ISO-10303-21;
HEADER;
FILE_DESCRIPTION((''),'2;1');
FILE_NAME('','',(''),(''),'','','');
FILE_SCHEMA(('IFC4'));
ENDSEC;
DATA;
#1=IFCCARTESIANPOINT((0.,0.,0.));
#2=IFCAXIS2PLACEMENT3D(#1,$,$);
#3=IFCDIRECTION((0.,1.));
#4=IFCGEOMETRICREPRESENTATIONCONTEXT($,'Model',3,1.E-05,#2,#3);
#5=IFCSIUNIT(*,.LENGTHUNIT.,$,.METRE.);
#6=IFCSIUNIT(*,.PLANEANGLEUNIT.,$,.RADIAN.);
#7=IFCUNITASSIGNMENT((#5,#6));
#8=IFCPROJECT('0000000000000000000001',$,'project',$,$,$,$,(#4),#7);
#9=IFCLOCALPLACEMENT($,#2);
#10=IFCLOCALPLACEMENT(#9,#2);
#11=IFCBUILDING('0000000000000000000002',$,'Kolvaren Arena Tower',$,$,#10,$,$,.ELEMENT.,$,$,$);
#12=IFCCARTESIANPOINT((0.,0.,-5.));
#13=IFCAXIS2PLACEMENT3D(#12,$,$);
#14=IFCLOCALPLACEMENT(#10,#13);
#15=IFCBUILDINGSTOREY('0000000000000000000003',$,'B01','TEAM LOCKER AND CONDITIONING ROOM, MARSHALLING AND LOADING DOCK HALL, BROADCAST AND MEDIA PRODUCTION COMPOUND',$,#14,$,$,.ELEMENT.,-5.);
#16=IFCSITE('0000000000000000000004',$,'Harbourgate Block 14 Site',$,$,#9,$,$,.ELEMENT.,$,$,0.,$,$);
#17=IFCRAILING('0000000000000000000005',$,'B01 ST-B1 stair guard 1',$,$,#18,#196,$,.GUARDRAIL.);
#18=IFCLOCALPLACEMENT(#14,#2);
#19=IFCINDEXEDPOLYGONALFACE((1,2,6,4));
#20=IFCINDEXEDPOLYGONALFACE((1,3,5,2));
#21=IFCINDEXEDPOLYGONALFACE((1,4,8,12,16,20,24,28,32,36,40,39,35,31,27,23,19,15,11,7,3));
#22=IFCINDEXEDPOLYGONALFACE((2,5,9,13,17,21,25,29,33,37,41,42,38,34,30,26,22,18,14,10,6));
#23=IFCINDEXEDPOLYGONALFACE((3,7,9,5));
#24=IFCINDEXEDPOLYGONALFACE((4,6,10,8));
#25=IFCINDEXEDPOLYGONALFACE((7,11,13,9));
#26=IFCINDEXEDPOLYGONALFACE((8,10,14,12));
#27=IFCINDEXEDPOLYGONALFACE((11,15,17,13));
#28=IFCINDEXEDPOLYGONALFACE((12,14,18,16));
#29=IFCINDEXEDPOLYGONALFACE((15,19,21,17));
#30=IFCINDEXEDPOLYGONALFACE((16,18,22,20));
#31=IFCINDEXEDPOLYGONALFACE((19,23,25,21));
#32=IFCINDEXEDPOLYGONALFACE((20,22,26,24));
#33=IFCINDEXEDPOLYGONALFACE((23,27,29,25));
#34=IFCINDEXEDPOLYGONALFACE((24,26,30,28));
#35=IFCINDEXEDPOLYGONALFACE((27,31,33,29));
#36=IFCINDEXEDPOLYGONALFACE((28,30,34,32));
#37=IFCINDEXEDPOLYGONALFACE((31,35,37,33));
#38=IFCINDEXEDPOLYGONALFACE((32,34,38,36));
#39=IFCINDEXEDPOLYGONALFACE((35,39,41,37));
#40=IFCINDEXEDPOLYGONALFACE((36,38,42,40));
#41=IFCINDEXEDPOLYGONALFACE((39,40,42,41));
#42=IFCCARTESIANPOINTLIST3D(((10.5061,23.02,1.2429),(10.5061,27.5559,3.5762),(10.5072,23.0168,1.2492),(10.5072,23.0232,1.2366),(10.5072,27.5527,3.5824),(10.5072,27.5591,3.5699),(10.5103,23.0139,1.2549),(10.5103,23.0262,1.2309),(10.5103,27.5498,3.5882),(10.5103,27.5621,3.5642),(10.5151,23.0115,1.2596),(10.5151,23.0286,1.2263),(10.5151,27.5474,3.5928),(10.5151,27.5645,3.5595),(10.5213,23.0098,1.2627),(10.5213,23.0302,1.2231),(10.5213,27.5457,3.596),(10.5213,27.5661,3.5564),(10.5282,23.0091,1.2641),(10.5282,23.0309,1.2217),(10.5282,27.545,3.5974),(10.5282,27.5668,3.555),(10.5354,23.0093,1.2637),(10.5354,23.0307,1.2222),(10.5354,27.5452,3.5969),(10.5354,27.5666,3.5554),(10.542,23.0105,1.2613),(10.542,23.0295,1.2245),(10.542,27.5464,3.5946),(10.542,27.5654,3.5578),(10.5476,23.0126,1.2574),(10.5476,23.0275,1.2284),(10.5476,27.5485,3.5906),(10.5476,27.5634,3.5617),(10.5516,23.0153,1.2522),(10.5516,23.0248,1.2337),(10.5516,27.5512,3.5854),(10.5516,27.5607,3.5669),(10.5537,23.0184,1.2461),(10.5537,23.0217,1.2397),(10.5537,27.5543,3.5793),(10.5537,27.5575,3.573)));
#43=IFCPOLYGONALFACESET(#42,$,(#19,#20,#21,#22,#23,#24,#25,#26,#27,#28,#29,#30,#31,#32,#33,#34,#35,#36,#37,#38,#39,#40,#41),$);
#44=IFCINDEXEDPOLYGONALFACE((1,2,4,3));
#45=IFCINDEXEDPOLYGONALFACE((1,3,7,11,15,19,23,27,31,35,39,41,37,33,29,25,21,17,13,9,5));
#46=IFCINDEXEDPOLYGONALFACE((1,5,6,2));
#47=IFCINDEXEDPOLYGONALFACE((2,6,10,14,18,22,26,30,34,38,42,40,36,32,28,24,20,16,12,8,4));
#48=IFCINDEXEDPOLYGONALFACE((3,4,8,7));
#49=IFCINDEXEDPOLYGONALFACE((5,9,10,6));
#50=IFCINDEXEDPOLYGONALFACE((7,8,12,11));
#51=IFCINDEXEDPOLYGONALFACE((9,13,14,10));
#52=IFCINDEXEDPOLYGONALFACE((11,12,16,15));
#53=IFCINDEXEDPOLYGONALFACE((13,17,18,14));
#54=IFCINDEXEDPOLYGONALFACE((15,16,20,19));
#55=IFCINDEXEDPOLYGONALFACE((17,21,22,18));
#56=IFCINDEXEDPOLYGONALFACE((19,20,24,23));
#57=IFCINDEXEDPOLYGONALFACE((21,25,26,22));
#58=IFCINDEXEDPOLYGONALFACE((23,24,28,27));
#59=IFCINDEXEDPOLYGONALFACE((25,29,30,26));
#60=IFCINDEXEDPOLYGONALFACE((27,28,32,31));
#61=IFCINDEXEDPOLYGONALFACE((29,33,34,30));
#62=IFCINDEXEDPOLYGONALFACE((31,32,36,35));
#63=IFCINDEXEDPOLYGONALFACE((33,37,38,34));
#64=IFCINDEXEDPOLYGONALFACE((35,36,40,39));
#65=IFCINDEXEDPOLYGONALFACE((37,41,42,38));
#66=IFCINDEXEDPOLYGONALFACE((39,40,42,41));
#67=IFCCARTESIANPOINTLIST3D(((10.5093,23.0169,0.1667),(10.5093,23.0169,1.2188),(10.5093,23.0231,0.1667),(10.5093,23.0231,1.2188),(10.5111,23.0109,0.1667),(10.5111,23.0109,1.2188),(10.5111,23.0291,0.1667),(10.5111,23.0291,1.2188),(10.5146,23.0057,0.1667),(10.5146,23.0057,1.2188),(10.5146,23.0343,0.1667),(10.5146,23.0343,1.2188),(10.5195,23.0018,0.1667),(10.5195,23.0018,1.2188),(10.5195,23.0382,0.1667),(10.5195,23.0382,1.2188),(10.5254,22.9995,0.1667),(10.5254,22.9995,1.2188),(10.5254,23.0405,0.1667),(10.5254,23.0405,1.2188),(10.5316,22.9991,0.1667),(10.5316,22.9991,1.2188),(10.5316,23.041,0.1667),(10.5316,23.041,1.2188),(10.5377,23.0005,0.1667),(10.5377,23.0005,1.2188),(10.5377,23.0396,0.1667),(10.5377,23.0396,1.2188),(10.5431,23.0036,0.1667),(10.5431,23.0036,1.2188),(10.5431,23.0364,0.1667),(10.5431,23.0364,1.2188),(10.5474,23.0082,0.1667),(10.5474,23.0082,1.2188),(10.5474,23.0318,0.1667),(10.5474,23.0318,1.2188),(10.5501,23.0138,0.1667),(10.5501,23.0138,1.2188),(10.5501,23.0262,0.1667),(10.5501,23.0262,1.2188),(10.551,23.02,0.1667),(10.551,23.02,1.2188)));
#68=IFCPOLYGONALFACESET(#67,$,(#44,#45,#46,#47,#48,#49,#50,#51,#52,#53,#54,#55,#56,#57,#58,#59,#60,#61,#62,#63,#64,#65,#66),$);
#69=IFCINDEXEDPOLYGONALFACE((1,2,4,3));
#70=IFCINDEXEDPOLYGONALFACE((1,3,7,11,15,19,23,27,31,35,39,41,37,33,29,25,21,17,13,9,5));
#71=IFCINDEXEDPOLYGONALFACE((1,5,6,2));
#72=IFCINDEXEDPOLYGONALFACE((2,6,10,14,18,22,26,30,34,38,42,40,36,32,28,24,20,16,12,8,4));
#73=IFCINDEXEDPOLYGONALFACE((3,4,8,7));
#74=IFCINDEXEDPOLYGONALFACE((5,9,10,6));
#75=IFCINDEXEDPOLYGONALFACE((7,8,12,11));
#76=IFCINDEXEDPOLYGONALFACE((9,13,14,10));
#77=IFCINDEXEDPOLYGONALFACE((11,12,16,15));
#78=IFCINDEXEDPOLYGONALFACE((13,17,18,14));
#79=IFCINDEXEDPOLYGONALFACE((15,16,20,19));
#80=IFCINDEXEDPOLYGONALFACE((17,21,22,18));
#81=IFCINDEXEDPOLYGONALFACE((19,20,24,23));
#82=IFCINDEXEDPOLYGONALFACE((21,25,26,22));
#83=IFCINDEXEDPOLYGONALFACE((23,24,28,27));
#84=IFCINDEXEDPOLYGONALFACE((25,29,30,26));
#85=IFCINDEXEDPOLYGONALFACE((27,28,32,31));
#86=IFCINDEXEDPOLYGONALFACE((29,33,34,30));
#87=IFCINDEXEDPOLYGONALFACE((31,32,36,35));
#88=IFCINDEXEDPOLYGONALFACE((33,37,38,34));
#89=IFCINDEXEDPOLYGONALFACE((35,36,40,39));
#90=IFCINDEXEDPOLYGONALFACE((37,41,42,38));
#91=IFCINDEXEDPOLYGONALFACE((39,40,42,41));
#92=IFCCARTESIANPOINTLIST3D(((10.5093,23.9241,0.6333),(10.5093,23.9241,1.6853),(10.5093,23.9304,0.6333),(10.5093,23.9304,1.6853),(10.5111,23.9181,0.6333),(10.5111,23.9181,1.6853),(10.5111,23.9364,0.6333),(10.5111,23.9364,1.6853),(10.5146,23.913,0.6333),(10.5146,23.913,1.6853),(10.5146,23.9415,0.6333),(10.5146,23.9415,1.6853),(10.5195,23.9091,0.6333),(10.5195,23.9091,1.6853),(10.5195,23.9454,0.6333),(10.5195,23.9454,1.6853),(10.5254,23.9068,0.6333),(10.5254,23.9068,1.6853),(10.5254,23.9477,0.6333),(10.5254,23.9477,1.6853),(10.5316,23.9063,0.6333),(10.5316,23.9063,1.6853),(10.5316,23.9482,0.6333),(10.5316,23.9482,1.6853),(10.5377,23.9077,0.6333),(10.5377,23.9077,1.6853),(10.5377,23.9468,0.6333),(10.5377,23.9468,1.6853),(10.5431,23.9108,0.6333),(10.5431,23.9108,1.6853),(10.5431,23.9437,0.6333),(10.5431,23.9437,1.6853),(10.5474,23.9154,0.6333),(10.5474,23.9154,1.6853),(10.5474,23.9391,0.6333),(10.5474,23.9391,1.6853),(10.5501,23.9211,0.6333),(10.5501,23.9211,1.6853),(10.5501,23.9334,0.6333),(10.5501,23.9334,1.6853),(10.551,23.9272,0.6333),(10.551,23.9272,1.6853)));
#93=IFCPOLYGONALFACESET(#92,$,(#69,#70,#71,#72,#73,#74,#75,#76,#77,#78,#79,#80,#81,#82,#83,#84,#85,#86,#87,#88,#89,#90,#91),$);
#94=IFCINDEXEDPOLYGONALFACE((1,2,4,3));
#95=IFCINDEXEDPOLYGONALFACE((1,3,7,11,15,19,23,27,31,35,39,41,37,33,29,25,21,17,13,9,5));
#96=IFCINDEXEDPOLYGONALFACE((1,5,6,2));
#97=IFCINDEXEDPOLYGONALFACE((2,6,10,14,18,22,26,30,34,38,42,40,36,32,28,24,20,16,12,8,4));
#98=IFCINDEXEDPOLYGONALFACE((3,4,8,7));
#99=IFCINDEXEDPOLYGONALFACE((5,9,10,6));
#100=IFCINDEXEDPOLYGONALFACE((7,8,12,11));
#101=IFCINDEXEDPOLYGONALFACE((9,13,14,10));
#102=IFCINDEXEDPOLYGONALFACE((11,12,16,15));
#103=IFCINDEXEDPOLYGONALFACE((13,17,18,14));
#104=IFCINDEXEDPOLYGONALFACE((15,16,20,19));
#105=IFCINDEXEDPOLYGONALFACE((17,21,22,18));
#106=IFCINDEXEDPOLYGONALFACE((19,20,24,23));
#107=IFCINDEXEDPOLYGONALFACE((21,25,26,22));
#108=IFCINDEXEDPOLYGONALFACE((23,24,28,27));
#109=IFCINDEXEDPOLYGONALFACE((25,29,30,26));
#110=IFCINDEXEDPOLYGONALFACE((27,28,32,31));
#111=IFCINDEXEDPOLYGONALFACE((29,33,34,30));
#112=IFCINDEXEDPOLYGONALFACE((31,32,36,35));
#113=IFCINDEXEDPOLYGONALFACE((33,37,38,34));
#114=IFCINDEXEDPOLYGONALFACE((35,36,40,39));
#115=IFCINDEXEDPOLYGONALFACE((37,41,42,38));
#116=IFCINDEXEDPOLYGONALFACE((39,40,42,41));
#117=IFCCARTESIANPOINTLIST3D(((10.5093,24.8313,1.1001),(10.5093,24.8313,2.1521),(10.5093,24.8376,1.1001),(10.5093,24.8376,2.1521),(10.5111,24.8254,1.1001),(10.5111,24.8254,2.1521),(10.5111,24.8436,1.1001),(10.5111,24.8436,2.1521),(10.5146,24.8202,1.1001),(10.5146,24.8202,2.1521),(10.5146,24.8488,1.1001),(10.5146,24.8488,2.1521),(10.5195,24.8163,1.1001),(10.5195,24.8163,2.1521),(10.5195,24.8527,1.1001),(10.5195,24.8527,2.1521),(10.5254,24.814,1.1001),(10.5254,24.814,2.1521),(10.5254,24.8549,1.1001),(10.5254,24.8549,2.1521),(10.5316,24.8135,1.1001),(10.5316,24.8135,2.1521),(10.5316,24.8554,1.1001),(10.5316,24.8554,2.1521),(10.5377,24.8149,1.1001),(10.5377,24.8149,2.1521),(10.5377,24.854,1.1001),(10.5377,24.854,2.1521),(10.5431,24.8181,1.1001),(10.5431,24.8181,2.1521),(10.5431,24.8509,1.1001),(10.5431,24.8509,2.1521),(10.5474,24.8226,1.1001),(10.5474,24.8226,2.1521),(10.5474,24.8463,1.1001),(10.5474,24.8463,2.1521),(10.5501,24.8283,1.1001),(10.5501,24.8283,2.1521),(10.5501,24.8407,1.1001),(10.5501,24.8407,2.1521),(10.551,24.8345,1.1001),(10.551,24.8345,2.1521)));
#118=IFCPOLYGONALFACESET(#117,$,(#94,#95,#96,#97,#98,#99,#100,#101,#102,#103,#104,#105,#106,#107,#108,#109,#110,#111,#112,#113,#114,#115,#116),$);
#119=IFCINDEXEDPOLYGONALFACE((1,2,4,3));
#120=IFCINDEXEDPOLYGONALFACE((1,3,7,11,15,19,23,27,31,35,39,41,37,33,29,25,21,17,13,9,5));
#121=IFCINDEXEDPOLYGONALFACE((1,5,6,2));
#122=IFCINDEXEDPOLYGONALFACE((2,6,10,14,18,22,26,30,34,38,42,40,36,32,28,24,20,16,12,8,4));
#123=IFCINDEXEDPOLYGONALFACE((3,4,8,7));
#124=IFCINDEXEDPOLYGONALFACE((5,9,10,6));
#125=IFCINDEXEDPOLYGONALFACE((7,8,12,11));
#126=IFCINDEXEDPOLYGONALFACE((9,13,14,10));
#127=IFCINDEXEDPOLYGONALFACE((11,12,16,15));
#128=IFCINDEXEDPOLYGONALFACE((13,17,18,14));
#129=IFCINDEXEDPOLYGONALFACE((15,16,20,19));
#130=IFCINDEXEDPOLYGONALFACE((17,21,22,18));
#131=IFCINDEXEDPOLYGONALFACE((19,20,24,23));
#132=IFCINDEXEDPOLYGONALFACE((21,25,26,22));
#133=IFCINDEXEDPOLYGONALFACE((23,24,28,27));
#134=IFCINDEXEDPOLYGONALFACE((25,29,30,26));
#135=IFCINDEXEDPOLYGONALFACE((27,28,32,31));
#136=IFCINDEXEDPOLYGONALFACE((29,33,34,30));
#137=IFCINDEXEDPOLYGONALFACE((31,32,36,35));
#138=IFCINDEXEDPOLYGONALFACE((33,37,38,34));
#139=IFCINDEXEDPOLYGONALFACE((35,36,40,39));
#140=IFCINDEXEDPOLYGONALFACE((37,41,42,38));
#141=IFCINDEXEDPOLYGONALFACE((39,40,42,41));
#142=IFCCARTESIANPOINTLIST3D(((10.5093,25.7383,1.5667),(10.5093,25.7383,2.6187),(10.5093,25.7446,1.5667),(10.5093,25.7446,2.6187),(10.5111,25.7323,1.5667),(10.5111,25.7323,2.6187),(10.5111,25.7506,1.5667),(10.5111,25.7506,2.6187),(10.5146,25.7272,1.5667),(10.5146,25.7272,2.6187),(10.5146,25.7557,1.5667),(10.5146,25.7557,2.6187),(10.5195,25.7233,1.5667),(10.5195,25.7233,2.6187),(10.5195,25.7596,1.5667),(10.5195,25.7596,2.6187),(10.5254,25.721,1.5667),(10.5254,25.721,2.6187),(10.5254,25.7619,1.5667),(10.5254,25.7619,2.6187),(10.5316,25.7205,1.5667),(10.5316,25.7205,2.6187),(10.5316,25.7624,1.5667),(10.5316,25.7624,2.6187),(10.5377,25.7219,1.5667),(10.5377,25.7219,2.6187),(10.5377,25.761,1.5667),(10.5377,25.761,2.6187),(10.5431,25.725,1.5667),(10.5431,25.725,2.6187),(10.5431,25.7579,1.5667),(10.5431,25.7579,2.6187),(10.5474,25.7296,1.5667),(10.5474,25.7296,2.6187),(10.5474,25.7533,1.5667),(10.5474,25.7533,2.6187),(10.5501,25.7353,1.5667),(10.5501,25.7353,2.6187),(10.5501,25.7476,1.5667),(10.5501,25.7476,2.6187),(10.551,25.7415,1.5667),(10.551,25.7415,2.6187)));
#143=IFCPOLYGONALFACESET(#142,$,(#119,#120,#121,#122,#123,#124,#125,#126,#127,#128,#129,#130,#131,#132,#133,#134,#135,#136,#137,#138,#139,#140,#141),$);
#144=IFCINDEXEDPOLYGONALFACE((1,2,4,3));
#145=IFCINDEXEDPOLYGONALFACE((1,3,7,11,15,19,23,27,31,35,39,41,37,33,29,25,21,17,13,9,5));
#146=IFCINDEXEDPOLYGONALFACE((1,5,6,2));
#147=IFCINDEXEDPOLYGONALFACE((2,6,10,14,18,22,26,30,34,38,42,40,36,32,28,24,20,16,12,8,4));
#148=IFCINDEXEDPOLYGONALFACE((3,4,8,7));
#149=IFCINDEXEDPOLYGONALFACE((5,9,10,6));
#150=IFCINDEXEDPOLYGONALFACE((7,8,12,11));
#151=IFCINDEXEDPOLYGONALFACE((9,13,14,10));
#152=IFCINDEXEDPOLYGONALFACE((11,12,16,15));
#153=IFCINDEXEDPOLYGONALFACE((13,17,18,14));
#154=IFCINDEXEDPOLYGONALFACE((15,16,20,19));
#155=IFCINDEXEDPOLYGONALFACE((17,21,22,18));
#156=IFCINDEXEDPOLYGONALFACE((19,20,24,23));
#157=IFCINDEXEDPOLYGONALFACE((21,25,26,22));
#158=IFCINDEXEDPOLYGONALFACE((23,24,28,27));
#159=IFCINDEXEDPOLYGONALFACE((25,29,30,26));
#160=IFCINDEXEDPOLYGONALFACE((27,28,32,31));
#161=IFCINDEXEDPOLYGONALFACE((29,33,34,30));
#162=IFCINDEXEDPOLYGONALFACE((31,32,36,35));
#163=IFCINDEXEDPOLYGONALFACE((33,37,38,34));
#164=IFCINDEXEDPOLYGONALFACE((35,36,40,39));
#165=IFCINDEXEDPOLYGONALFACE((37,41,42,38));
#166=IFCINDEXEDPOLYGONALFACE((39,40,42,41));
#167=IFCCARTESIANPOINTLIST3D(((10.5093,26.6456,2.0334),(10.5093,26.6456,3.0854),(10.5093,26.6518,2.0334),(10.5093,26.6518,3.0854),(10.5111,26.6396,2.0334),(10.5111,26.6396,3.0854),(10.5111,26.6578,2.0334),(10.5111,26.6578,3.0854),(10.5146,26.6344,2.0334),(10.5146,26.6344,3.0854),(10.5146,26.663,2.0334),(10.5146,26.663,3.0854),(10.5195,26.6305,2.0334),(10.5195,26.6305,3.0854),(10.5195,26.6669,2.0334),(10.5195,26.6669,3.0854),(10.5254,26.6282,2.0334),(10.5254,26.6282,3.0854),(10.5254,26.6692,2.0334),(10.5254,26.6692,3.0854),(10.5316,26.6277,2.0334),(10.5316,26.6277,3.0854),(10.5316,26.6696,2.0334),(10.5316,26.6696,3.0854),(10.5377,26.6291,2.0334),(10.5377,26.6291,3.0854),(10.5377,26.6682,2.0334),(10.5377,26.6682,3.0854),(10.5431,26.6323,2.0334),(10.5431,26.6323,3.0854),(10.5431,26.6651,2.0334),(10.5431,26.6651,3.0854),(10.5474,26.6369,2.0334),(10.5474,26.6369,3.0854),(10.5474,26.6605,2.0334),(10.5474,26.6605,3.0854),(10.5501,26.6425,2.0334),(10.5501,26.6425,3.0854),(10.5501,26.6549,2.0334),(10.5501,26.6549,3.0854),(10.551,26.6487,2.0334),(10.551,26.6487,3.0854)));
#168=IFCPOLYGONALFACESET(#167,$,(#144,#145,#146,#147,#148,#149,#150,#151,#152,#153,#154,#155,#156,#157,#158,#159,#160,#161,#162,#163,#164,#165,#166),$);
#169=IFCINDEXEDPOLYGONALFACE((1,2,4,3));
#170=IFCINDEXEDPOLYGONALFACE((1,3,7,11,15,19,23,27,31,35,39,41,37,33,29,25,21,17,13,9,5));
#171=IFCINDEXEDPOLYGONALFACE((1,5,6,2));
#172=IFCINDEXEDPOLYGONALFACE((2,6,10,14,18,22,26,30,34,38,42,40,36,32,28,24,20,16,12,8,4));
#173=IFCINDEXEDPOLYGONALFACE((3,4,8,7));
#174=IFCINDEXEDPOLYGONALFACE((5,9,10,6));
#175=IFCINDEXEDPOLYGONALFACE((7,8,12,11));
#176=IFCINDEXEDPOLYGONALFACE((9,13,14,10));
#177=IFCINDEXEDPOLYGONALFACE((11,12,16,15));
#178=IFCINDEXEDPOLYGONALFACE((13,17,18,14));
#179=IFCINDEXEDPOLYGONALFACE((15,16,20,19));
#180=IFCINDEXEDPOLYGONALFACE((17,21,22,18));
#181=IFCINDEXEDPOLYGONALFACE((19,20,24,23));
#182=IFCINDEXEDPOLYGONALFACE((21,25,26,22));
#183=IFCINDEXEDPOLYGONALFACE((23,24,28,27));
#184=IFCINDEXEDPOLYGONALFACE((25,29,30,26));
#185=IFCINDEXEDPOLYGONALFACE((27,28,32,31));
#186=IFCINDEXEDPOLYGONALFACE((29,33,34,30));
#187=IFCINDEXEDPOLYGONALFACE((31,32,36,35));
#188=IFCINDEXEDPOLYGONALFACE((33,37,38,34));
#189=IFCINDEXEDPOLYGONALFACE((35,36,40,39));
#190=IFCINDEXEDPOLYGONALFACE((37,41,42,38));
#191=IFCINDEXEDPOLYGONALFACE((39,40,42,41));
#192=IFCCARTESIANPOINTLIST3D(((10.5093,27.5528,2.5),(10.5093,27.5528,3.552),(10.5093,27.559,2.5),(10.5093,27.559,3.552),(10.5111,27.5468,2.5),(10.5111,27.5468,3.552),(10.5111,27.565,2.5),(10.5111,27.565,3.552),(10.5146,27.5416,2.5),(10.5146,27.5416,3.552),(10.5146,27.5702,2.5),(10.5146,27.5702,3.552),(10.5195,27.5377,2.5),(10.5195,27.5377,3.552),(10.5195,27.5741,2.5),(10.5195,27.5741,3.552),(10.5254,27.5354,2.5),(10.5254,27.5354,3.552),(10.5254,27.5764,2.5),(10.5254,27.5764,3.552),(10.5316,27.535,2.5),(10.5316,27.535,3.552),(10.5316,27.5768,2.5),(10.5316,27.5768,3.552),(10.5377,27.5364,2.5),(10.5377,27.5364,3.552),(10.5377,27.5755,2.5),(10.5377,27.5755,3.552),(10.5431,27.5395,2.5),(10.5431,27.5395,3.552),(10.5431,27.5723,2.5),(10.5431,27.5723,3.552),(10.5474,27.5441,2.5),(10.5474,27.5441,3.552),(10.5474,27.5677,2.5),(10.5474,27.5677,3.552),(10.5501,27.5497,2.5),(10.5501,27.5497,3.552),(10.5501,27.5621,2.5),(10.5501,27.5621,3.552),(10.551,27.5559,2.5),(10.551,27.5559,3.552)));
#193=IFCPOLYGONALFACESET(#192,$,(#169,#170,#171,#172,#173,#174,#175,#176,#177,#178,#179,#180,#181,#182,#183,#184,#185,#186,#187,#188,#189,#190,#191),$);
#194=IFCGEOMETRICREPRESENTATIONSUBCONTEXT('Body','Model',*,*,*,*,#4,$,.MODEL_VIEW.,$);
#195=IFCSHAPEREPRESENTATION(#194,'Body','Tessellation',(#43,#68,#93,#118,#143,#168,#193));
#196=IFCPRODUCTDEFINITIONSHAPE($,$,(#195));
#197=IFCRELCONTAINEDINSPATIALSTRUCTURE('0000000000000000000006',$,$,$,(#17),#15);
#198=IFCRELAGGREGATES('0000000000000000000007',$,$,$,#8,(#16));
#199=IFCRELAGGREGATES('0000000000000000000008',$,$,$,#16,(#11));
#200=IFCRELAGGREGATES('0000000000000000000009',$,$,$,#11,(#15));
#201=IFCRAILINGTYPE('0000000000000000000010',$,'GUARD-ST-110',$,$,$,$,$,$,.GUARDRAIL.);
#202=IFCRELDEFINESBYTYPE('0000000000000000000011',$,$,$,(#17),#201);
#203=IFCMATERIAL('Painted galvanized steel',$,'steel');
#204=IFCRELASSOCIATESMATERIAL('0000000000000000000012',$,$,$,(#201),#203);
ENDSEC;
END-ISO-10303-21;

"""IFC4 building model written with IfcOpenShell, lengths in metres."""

from ifc_helpers import new_model, si_unit, direction, frame, origin, origin_2d, place, context, subcontext, project, spatial, circle, extrude, material, type_object, element, save


model = new_model("IFC4")

# Units and contexts
model_context = context("Model", 3, precision=1e-05, world=origin(), true_north=direction((0.0, 1.0)))
body_context = subcontext(model_context, "Body", "Model", "MODEL_VIEW")
ifc_project = project(units=[si_unit("LENGTHUNIT", "METRE"), si_unit("PLANEANGLEUNIT", "RADIAN")], contexts=[model_context])

# Site, building, storey
site_placement = place(None, origin())
site = spatial("IfcSite", under=ifc_project, at=site_placement, Name="Harbourgate Block 14 Site", CompositionType="ELEMENT", RefElevation=0.0)
building_placement = place(site_placement, origin())
building = spatial("IfcBuilding", under=site, at=building_placement, Name="Kolvaren Arena Tower", CompositionType="ELEMENT")
storey_placement = place(building_placement, frame((0.0, 0.0, -5.0)))
storey = spatial("IfcBuildingStorey", under=building, at=storey_placement, Name="B01", Description="TEAM LOCKER AND CONDITIONING ROOM, MARSHALLING AND LOADING DOCK HALL, BROADCAST AND MEDIA PRODUCTION COMPOUND", CompositionType="ELEMENT", Elevation=-5.0)

# Railing
ifc_material_1 = material(Name="Painted galvanized steel", Category="steel")
railing_type_1 = type_object("IfcRailingType", Name="GUARD-ST-110", PredefinedType="GUARDRAIL", material=ifc_material_1)
railing_1_placement = place(storey_placement, frame((10.53, 23.02, 0.1667)))
element("IfcRailing", 1, at=railing_1_placement, inside=storey, type_object=railing_type_1, Name="B01 ST-B1 stair guard 1", PredefinedType="GUARDRAIL", context=body_context, shape_type="SweptSolid", body=[
    extrude(circle(Radius=0.0239, at=origin_2d()), frame((0.0, 0.0, 1.0762), z_axis=(0.0, 0.889247, 0.457427), x_axis=(-1.0, 0.0, 0.0)), (0.0, 0.0, 1.0), 5.1008),
    extrude(circle(Radius=0.021, at=origin_2d()), origin(), (0.0, 0.0, 1.0), 1.052),
    extrude(circle(Radius=0.021, at=origin_2d()), frame((0.0, 0.9072, 0.4666)), (0.0, 0.0, 1.0), 1.052),
    extrude(circle(Radius=0.021, at=origin_2d()), frame((0.0, 1.8145, 0.9333)), (0.0, 0.0, 1.0), 1.052),
    extrude(circle(Radius=0.021, at=origin_2d()), frame((0.0, 2.7214, 1.3999)), (0.0, 0.0, 1.0), 1.052),
    extrude(circle(Radius=0.021, at=origin_2d()), frame((0.0, 3.6287, 1.8667)), (0.0, 0.0, 1.0), 1.052),
    extrude(circle(Radius=0.021, at=origin_2d()), frame((0.0, 4.5359, 2.3333)), (0.0, 0.0, 1.0), 1.052),
])

save(model, "model.ifc")
